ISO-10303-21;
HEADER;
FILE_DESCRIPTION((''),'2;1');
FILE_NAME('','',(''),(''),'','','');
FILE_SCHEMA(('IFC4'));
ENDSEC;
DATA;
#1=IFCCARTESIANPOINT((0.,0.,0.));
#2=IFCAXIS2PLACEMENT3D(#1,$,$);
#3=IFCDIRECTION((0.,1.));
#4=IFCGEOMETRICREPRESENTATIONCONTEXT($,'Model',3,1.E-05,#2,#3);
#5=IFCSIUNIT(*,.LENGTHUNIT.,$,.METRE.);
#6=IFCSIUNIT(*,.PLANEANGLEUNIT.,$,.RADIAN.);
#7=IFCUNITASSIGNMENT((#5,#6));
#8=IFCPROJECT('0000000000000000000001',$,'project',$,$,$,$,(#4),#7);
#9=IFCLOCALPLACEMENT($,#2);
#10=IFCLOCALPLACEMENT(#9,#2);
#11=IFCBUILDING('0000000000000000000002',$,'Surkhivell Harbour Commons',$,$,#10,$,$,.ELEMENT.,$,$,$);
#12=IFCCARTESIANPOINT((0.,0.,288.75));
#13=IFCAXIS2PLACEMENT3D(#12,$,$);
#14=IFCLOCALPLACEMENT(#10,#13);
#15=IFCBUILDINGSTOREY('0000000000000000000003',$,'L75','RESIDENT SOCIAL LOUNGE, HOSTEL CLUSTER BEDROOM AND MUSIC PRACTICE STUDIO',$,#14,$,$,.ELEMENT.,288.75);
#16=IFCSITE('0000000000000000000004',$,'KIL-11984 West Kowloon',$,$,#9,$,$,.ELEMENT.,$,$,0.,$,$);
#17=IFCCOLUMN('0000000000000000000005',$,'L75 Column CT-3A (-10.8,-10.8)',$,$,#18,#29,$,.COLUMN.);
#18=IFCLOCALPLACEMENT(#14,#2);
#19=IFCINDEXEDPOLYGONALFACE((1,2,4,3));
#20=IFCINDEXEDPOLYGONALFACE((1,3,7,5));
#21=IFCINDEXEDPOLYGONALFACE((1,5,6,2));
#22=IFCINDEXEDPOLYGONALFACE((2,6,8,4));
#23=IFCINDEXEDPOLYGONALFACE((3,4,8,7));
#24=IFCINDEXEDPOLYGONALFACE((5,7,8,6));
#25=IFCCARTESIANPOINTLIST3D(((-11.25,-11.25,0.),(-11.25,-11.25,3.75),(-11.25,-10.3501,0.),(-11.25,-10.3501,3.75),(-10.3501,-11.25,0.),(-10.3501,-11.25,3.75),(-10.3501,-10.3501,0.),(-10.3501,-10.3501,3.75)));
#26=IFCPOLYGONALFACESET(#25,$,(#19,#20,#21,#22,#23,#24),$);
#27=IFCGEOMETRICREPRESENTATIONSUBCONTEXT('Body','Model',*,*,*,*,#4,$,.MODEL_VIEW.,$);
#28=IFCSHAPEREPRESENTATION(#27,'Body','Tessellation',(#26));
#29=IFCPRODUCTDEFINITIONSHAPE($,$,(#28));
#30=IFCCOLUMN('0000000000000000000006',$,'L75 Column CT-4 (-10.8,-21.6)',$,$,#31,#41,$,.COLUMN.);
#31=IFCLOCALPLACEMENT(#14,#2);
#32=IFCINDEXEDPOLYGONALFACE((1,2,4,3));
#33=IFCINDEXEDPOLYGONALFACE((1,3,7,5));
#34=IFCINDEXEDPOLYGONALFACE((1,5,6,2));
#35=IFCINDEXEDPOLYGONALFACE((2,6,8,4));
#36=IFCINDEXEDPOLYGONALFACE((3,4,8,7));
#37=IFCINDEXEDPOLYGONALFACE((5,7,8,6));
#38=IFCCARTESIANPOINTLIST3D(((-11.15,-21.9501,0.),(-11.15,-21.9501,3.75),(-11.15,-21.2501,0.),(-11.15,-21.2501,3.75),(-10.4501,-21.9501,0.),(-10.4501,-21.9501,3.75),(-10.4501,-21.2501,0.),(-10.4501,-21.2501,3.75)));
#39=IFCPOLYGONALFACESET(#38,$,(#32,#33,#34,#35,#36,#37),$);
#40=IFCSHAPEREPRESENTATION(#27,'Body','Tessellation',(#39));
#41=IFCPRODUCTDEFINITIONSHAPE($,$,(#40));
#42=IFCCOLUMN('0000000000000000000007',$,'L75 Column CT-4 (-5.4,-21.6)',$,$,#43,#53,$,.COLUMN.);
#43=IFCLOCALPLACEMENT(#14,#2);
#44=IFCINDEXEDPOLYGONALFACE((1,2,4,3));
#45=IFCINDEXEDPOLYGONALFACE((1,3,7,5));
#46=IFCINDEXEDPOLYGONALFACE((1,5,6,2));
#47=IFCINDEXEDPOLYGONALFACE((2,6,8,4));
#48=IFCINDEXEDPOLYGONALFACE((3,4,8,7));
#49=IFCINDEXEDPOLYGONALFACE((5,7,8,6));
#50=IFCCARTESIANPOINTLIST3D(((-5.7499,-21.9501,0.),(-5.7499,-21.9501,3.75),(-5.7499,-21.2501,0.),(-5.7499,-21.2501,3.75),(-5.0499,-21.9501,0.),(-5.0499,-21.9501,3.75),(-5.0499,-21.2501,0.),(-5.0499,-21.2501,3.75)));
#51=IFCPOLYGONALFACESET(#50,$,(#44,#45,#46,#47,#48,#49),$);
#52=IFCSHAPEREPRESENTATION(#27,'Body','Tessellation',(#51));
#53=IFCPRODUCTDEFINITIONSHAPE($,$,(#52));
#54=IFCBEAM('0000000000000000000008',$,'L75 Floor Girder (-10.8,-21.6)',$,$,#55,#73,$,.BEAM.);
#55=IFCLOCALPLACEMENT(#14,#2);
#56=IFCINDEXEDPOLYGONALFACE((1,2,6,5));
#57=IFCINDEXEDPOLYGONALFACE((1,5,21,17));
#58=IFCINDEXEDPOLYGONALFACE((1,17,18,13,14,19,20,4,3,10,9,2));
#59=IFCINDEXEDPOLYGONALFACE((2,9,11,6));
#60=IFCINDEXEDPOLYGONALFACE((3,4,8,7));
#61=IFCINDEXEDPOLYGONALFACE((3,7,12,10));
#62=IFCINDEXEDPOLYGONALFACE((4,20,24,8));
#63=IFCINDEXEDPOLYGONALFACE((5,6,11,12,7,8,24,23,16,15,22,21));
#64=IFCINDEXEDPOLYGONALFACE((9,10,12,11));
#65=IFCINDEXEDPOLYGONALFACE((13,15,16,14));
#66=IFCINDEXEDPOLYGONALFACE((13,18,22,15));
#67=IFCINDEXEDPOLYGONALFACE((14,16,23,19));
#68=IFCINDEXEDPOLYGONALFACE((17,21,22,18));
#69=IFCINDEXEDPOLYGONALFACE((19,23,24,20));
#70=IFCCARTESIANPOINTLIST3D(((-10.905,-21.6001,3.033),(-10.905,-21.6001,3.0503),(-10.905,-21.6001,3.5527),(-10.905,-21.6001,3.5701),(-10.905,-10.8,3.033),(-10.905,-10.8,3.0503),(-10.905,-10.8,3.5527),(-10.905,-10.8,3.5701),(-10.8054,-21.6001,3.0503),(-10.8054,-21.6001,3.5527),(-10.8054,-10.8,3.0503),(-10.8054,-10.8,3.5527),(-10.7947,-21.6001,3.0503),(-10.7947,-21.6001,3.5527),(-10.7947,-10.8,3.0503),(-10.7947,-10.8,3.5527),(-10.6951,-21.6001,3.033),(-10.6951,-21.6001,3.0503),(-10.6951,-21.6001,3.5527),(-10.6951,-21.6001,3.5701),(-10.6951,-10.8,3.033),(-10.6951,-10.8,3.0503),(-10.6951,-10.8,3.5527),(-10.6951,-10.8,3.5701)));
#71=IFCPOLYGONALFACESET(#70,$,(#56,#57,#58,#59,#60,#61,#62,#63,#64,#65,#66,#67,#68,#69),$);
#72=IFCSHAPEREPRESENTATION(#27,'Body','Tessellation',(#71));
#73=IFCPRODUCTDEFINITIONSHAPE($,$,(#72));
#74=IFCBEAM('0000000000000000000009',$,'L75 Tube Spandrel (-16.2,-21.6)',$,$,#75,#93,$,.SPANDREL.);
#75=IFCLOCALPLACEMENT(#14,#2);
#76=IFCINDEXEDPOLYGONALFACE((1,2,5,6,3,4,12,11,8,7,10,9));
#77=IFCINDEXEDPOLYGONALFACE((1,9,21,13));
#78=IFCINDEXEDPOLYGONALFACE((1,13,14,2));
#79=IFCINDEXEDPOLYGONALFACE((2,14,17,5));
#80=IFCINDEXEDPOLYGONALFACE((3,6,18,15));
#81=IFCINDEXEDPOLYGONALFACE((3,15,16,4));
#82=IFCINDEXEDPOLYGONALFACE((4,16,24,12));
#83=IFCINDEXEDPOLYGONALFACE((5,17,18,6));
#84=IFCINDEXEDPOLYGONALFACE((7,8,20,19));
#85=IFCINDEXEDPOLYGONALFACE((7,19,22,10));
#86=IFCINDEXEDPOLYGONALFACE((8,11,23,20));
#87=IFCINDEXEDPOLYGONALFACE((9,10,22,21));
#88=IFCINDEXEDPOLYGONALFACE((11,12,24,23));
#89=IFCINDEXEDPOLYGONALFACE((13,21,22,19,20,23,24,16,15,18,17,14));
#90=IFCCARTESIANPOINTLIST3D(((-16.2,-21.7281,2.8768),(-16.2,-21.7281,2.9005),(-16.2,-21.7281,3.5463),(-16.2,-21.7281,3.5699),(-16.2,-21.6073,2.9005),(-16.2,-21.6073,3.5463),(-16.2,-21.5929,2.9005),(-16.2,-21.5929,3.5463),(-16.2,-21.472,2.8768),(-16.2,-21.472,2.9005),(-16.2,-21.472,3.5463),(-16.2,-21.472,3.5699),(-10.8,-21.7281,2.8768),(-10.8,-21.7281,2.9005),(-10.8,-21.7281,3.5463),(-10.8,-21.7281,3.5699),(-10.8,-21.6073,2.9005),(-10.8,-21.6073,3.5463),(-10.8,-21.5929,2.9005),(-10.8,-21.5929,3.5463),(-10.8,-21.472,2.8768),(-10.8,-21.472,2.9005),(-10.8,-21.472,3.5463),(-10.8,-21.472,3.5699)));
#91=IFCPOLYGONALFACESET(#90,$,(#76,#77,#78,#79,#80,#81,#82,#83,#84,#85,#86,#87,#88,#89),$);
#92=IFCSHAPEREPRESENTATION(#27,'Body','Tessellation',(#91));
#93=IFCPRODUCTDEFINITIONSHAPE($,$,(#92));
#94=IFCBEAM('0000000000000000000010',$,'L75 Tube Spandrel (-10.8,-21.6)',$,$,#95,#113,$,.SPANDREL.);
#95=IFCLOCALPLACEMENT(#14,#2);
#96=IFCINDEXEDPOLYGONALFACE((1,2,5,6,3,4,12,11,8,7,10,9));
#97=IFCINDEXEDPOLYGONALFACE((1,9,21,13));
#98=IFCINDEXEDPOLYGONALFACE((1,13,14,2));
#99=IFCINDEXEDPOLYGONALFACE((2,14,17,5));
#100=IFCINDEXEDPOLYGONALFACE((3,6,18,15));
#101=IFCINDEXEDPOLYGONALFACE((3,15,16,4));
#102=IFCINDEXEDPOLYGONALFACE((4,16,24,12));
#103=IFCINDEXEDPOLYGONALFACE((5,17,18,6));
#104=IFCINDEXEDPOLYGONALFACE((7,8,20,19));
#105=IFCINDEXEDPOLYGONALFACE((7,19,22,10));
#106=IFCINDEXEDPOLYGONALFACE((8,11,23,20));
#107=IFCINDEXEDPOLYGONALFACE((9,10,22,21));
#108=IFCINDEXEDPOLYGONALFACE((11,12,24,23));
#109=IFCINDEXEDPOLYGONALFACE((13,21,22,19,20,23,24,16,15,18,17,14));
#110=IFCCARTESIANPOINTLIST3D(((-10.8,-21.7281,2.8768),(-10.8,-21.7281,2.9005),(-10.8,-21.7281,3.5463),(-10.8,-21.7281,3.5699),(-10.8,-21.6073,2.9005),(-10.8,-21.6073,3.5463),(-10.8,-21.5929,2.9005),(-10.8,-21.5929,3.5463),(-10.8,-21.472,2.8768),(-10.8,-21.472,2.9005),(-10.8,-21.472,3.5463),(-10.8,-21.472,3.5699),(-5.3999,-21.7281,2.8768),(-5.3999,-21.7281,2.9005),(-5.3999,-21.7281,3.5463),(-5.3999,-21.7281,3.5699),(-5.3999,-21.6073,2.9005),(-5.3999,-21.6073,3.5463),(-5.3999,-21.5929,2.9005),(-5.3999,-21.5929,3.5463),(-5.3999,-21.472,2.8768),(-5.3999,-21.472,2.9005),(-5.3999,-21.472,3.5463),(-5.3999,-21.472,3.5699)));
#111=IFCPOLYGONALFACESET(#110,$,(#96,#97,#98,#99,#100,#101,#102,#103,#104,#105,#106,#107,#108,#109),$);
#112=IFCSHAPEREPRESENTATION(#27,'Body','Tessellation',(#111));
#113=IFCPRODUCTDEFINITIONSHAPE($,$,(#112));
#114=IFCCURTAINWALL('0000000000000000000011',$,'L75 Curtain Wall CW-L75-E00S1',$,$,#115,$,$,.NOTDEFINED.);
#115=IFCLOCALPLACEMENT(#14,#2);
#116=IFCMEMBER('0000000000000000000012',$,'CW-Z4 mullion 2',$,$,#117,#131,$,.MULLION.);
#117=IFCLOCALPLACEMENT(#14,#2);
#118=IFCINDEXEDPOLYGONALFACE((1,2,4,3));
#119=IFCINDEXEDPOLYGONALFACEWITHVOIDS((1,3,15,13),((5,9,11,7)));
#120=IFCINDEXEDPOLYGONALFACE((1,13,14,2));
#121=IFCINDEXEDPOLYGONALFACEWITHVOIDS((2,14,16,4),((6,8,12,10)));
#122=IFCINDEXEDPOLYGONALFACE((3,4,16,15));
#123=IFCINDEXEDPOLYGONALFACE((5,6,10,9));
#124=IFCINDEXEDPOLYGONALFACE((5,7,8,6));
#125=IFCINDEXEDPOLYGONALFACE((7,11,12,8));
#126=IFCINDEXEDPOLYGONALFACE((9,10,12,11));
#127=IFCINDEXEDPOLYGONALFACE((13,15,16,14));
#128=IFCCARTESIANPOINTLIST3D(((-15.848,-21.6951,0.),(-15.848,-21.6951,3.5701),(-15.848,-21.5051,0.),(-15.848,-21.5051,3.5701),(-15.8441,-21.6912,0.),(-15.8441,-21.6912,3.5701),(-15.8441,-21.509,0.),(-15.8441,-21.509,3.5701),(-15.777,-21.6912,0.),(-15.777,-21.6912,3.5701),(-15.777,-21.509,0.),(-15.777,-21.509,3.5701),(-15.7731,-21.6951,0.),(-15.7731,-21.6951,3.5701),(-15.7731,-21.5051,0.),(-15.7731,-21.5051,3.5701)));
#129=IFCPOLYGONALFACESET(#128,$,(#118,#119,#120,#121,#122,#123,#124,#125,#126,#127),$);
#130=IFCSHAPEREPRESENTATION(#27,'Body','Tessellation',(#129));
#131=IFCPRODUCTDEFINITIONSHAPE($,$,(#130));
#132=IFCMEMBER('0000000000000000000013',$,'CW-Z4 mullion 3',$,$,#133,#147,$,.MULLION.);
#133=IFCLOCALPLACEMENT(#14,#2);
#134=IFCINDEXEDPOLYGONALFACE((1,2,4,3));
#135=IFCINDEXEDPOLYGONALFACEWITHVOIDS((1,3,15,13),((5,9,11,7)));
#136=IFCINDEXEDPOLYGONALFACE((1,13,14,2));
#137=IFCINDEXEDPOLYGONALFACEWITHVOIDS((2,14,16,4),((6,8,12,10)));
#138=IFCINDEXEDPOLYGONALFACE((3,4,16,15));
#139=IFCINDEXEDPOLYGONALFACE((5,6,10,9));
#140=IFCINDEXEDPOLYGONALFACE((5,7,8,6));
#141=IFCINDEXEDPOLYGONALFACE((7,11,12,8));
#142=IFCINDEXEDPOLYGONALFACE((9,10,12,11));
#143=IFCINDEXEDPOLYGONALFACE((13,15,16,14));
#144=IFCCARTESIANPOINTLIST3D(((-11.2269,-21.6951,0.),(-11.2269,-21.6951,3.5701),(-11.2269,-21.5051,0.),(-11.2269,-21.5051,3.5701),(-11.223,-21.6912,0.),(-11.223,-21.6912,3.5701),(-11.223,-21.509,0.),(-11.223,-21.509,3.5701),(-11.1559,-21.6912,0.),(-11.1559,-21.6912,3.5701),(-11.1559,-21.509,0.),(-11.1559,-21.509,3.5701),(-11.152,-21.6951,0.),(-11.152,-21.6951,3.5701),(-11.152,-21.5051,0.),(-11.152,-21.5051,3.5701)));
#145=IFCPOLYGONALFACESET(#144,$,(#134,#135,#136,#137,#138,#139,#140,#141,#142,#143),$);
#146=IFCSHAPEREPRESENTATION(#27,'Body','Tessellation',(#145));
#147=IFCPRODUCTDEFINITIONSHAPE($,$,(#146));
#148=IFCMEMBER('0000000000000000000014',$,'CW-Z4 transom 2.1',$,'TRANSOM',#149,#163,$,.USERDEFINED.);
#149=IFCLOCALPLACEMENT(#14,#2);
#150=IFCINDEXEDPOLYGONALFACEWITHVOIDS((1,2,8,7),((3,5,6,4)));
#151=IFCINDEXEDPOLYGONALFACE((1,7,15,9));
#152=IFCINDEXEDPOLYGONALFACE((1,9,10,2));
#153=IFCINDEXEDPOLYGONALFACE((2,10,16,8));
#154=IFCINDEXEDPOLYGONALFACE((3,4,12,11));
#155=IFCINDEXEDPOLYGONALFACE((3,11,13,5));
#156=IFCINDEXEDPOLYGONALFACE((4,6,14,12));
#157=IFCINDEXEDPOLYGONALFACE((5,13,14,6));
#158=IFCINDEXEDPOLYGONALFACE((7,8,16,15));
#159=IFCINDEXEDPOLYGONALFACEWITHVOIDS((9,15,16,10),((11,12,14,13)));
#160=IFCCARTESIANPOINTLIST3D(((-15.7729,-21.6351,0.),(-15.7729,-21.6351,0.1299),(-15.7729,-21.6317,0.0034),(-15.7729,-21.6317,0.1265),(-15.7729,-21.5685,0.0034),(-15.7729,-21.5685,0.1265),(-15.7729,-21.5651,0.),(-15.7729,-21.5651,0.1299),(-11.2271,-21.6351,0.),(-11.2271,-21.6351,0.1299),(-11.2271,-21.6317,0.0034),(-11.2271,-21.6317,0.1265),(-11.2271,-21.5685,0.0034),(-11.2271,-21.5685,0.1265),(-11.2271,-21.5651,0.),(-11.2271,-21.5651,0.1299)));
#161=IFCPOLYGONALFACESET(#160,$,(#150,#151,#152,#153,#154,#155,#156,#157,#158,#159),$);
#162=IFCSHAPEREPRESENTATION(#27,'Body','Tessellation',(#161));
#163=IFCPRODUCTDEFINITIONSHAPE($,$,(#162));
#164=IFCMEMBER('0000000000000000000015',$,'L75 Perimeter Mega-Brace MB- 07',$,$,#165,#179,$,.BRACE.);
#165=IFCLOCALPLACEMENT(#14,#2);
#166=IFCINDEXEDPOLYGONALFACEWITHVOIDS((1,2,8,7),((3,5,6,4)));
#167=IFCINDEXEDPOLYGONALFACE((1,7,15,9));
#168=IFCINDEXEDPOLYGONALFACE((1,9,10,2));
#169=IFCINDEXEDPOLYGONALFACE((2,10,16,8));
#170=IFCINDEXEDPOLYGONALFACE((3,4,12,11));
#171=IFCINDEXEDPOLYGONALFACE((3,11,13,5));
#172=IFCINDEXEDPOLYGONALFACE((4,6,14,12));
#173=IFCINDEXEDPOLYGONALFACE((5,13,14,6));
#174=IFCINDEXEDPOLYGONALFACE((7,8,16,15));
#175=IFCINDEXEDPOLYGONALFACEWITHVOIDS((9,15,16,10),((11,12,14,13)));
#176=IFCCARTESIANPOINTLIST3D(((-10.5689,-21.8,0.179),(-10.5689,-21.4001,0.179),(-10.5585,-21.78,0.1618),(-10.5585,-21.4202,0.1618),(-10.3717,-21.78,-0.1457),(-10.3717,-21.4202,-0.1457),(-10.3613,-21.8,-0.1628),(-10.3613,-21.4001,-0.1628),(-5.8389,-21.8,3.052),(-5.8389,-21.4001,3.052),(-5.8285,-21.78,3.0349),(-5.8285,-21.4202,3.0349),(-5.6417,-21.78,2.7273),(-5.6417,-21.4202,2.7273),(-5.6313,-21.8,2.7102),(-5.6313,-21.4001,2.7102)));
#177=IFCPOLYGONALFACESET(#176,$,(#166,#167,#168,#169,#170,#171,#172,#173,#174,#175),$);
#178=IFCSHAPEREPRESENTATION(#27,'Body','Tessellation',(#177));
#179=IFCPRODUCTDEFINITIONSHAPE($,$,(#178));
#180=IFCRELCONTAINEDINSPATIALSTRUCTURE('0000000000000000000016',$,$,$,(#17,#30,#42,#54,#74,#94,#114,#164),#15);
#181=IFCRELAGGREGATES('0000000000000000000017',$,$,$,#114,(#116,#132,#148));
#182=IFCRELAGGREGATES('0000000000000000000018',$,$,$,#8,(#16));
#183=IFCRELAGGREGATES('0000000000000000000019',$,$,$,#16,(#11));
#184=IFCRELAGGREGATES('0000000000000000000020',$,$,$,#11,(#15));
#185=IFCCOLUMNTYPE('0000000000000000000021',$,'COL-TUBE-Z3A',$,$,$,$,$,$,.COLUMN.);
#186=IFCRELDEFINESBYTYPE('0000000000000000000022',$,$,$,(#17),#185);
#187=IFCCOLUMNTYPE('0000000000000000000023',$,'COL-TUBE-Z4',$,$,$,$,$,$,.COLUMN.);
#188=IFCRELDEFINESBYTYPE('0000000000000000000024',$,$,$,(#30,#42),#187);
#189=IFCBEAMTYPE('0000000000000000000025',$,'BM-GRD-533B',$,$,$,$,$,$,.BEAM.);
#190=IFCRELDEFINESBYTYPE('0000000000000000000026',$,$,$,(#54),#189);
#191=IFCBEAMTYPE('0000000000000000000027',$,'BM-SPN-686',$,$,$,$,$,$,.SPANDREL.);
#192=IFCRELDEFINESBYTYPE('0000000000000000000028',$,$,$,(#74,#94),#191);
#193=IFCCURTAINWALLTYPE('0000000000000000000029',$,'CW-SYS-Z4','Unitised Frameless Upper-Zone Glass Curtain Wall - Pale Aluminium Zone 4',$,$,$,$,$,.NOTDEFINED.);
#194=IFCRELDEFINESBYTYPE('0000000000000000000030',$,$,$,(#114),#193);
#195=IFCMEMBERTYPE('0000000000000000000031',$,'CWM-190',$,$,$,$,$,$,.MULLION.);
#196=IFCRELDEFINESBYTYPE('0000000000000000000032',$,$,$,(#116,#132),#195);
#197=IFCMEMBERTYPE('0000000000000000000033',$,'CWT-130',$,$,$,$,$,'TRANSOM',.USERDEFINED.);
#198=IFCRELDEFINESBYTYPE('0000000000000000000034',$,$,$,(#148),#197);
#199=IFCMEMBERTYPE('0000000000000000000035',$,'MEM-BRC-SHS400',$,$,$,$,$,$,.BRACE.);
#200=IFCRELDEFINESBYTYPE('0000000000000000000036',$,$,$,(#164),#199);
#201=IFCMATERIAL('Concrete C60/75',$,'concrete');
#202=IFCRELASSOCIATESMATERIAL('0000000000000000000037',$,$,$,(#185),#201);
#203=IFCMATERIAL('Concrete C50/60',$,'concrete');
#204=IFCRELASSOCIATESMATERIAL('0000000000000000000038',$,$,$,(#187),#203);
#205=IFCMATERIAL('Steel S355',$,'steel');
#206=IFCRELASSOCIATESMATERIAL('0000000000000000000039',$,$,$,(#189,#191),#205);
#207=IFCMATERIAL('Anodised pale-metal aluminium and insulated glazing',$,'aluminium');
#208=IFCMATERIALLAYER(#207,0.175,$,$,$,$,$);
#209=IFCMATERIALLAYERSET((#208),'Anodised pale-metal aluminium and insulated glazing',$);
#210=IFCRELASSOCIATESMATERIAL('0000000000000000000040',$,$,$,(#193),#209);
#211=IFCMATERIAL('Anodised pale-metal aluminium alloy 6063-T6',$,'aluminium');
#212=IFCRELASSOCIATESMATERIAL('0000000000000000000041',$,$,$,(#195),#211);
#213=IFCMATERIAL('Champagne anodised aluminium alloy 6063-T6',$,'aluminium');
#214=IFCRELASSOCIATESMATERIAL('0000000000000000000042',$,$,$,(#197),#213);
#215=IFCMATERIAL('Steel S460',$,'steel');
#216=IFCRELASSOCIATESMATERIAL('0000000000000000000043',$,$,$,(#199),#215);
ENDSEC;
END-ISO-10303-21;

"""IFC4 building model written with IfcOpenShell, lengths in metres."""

from ifc_helpers import new_model, si_unit, direction, frame, origin, origin_2d, place, context, subcontext, project, spatial, rectangle, hollow_rectangle, i_section, extrude, material, layer, layer_set, material_profile, profile_set, type_object, element, aggregate, save


model = new_model("IFC4")

# Units and contexts
model_context = context("Model", 3, precision=1e-05, world=origin(), true_north=direction((0.0, 1.0)))
body_context = subcontext(model_context, "Body", "Model", "MODEL_VIEW")
ifc_project = project(units=[si_unit("LENGTHUNIT", "METRE"), si_unit("PLANEANGLEUNIT", "RADIAN")], contexts=[model_context])

# Site, building, storey
site_placement = place(None, origin())
site = spatial("IfcSite", under=ifc_project, at=site_placement, Name="KIL-11984 West Kowloon", CompositionType="ELEMENT", RefElevation=0.0)
building_placement = place(site_placement, origin())
building = spatial("IfcBuilding", under=site, at=building_placement, Name="Surkhivell Harbour Commons", CompositionType="ELEMENT")
storey_placement = place(building_placement, frame((0.0, 0.0, 288.75)))
storey = spatial("IfcBuildingStorey", under=building, at=storey_placement, Name="L75", Description="RESIDENT SOCIAL LOUNGE, HOSTEL CLUSTER BEDROOM AND MUSIC PRACTICE STUDIO", CompositionType="ELEMENT", Elevation=288.75)

# Columns
ifc_material_1 = material(Name="Concrete C60/75", Category="concrete")
ifc_material_profile_1 = material_profile(ifc_material_1, rectangle(XDim=0.8999, YDim=0.8999, at=origin_2d()), Name="RC-COL-900x900")
ifc_profile_set_1 = profile_set([ifc_material_profile_1], Name="Concrete C60/75")
column_type_1 = type_object("IfcColumnType", Name="COL-TUBE-Z3A", PredefinedType="COLUMN", material=ifc_profile_set_1)
column_placement = place(storey_placement, frame((-10.8, -10.8, 0.0), z_axis=(0.0, 0.0, 1.0), x_axis=(1.0, 0.0, 0.0)))
element("IfcColumn", 1, at=column_placement, inside=storey, type_object=column_type_1, Name="L75 Column CT-3A (-10.8,-10.8)", PredefinedType="COLUMN", context=body_context, shape_type="SweptSolid", body=[
    extrude(rectangle(XDim=0.8999, YDim=0.8999, at=origin_2d()), origin(), (0.0, 0.0, 1.0), 3.75),
])
ifc_material_2 = material(Name="Concrete C50/60", Category="concrete")
ifc_material_profile_2 = material_profile(ifc_material_2, rectangle(XDim=0.7, YDim=0.7, at=origin_2d()), Name="RC-COL-700x700")
ifc_profile_set_2 = profile_set([ifc_material_profile_2], Name="Concrete C50/60")
column_type_2 = type_object("IfcColumnType", Name="COL-TUBE-Z4", PredefinedType="COLUMN", material=ifc_profile_set_2)
for number, where, z_axis, x_axis, name in (
    (2, (-10.8, -21.6001, 0.0), (0.0, 0.0, 1.0), (1.0, 0.0, 0.0), "L75 Column CT-4 (-10.8,-21.6)"),
    (3, (-5.3999, -21.6001, 0.0), (0.0, 0.0, 1.0), (1.0, 0.0, 0.0), "L75 Column CT-4 (-5.4,-21.6)"),
):
    element("IfcColumn", number, at=place(storey_placement, frame(where, z_axis=z_axis, x_axis=x_axis)), inside=storey, type_object=column_type_2, Name=name, PredefinedType="COLUMN", context=body_context, shape_type="SweptSolid", body=[
        extrude(rectangle(XDim=0.7, YDim=0.7, at=origin_2d()), origin(), (0.0, 0.0, 1.0), 3.75),
    ])

# Beams
ifc_material_3 = material(Name="Steel S355", Category="steel")
ifc_material_profile_3 = material_profile(ifc_material_3, i_section(OverallWidth=0.21, OverallDepth=0.5371, WebThickness=0.0107, FlangeThickness=0.0173, at=origin_2d()), Name="UB533x210x101")
ifc_profile_set_3 = profile_set([ifc_material_profile_3], Name="Steel S355")
beam_type_1 = type_object("IfcBeamType", Name="BM-GRD-533B", PredefinedType="BEAM", material=ifc_profile_set_3)
beam_1_placement = place(storey_placement, frame((-10.8, -21.6001, 3.3015), z_axis=(0.0, 1.0, 0.0), x_axis=(-1.0, 0.0, 0.0)))
element("IfcBeam", 4, at=beam_1_placement, inside=storey, type_object=beam_type_1, Name="L75 Floor Girder (-10.8,-21.6)", PredefinedType="BEAM", context=body_context, shape_type="SweptSolid", body=[
    extrude(i_section(OverallWidth=0.21, OverallDepth=0.5371, WebThickness=0.0107, FlangeThickness=0.0173, at=origin_2d()), origin(), (0.0, 0.0, 1.0), 10.8),
])
ifc_material_profile_4 = material_profile(ifc_material_3, i_section(OverallWidth=0.2561, OverallDepth=0.6931, WebThickness=0.0144, FlangeThickness=0.0237, at=origin_2d()), Name="UB686x254x170")
ifc_profile_set_4 = profile_set([ifc_material_profile_4], Name="Steel S355")
beam_type_2 = type_object("IfcBeamType", Name="BM-SPN-686", PredefinedType="SPANDREL", material=ifc_profile_set_4)
beam_2_placement = place(storey_placement, frame((-16.2, -21.6001, 3.2234), z_axis=(1.0, 0.0, 0.0), x_axis=(0.0, 1.0, 0.0)))
element("IfcBeam", 5, at=beam_2_placement, inside=storey, type_object=beam_type_2, Name="L75 Tube Spandrel (-16.2,-21.6)", PredefinedType="SPANDREL", context=body_context, shape_type="SweptSolid", body=[
    extrude(i_section(OverallWidth=0.2561, OverallDepth=0.6931, WebThickness=0.0144, FlangeThickness=0.0237, at=origin_2d()), origin(), (0.0, 0.0, 1.0), 5.3999),
])
beam_3_placement = place(storey_placement, frame((-10.8, -21.6001, 3.2234), z_axis=(1.0, 0.0, 0.0), x_axis=(0.0, 1.0, 0.0)))
element("IfcBeam", 6, at=beam_3_placement, inside=storey, type_object=beam_type_2, Name="L75 Tube Spandrel (-10.8,-21.6)", PredefinedType="SPANDREL", context=body_context, shape_type="SweptSolid", body=[
    extrude(i_section(OverallWidth=0.2561, OverallDepth=0.6931, WebThickness=0.0144, FlangeThickness=0.0237, at=origin_2d()), origin(), (0.0, 0.0, 1.0), 5.4001),
])

# Curtain wall, members
ifc_material_4 = material(Name="Anodised pale-metal aluminium and insulated glazing", Category="aluminium")
ifc_layer_1 = layer(ifc_material_4, 0.175)
ifc_layer_set_1 = layer_set([ifc_layer_1], Name="Anodised pale-metal aluminium and insulated glazing")
curtain_wall_type = type_object("IfcCurtainWallType", Name="CW-SYS-Z4", Description="Unitised Frameless Upper-Zone Glass Curtain Wall - Pale Aluminium Zone 4", PredefinedType="NOTDEFINED", material=ifc_layer_set_1)
curtain_wall_placement = place(storey_placement, origin())
curtain_wall = element("IfcCurtainWall", 7, at=curtain_wall_placement, inside=storey, type_object=curtain_wall_type, Name="L75 Curtain Wall CW-L75-E00S1", PredefinedType="NOTDEFINED")
ifc_material_5 = material(Name="Anodised pale-metal aluminium alloy 6063-T6", Category="aluminium")
ifc_material_profile_5 = material_profile(ifc_material_5, hollow_rectangle(XDim=0.075, YDim=0.1899, WallThickness=0.0039, at=origin_2d()), Name="ALU-MULL-75x190")
ifc_profile_set_5 = profile_set([ifc_material_profile_5], Name="Anodised pale-metal aluminium alloy 6063-T6")
member_type_1 = type_object("IfcMemberType", Name="CWM-190", PredefinedType="MULLION", material=ifc_profile_set_5)
member_1_placement = place(storey_placement, frame((-15.8105, -21.6001, 0.0), z_axis=(0.0, 0.0, 1.0), x_axis=(1.0, 0.0, 0.0)))
member_1 = element("IfcMember", 8, at=member_1_placement, type_object=member_type_1, Name="CW-Z4 mullion 2", PredefinedType="MULLION", context=body_context, shape_type="SweptSolid", body=[
    extrude(hollow_rectangle(XDim=0.075, YDim=0.1899, WallThickness=0.0039, at=origin_2d()), origin(), (0.0, 0.0, 1.0), 3.5701),
])
member_2_placement = place(storey_placement, frame((-11.1895, -21.6001, 0.0), z_axis=(0.0, 0.0, 1.0), x_axis=(1.0, 0.0, 0.0)))
member_2 = element("IfcMember", 9, at=member_2_placement, type_object=member_type_1, Name="CW-Z4 mullion 3", PredefinedType="MULLION", context=body_context, shape_type="SweptSolid", body=[
    extrude(hollow_rectangle(XDim=0.075, YDim=0.1899, WallThickness=0.0039, at=origin_2d()), origin(), (0.0, 0.0, 1.0), 3.5701),
])
ifc_material_6 = material(Name="Champagne anodised aluminium alloy 6063-T6", Category="aluminium")
ifc_material_profile_6 = material_profile(ifc_material_6, hollow_rectangle(XDim=0.0701, YDim=0.1299, WallThickness=0.0034, at=origin_2d()), Name="ALU-TRAN-70x130")
ifc_profile_set_6 = profile_set([ifc_material_profile_6], Name="Champagne anodised aluminium alloy 6063-T6")
member_type_2 = type_object("IfcMemberType", Name="CWT-130", ElementType="TRANSOM", PredefinedType="USERDEFINED", material=ifc_profile_set_6)
member_3_placement = place(storey_placement, frame((-15.7729, -21.6001, 0.0649), z_axis=(1.0, 0.0, 0.0), x_axis=(0.0, 1.0, 0.0)))
member_3 = element("IfcMember", 10, at=member_3_placement, type_object=member_type_2, Name="CW-Z4 transom 2.1", ObjectType="TRANSOM", PredefinedType="USERDEFINED", context=body_context, shape_type="SweptSolid", body=[
    extrude(hollow_rectangle(XDim=0.0701, YDim=0.1299, WallThickness=0.0034, at=origin_2d()), origin(), (0.0, 0.0, 1.0), 4.5459),
])

# Member
ifc_material_7 = material(Name="Steel S460", Category="steel")
ifc_material_profile_7 = material_profile(ifc_material_7, hollow_rectangle(XDim=0.3999, YDim=0.3999, WallThickness=0.02, at=origin_2d()), Name="SHS400x400x20")
ifc_profile_set_7 = profile_set([ifc_material_profile_7], Name="Steel S460")
member_type_3 = type_object("IfcMemberType", Name="MEM-BRC-SHS400", PredefinedType="BRACE", material=ifc_profile_set_7)
member_4_placement = place(storey_placement, frame((-10.4651, -21.6001, 0.0081), z_axis=(0.854685, 0.0, 0.519146), x_axis=(0.0, 1.0, 0.0)))
element("IfcMember", 11, at=member_4_placement, inside=storey, type_object=member_type_3, Name="L75 Perimeter Mega-Brace MB- 07", PredefinedType="BRACE", context=body_context, shape_type="SweptSolid", body=[
    extrude(hollow_rectangle(XDim=0.3999, YDim=0.3999, WallThickness=0.02, at=origin_2d()), origin(), (0.0, 0.0, 1.0), 5.5342),
])

aggregate(curtain_wall, [member_1, member_2, member_3])

save(model, "model.ifc")
